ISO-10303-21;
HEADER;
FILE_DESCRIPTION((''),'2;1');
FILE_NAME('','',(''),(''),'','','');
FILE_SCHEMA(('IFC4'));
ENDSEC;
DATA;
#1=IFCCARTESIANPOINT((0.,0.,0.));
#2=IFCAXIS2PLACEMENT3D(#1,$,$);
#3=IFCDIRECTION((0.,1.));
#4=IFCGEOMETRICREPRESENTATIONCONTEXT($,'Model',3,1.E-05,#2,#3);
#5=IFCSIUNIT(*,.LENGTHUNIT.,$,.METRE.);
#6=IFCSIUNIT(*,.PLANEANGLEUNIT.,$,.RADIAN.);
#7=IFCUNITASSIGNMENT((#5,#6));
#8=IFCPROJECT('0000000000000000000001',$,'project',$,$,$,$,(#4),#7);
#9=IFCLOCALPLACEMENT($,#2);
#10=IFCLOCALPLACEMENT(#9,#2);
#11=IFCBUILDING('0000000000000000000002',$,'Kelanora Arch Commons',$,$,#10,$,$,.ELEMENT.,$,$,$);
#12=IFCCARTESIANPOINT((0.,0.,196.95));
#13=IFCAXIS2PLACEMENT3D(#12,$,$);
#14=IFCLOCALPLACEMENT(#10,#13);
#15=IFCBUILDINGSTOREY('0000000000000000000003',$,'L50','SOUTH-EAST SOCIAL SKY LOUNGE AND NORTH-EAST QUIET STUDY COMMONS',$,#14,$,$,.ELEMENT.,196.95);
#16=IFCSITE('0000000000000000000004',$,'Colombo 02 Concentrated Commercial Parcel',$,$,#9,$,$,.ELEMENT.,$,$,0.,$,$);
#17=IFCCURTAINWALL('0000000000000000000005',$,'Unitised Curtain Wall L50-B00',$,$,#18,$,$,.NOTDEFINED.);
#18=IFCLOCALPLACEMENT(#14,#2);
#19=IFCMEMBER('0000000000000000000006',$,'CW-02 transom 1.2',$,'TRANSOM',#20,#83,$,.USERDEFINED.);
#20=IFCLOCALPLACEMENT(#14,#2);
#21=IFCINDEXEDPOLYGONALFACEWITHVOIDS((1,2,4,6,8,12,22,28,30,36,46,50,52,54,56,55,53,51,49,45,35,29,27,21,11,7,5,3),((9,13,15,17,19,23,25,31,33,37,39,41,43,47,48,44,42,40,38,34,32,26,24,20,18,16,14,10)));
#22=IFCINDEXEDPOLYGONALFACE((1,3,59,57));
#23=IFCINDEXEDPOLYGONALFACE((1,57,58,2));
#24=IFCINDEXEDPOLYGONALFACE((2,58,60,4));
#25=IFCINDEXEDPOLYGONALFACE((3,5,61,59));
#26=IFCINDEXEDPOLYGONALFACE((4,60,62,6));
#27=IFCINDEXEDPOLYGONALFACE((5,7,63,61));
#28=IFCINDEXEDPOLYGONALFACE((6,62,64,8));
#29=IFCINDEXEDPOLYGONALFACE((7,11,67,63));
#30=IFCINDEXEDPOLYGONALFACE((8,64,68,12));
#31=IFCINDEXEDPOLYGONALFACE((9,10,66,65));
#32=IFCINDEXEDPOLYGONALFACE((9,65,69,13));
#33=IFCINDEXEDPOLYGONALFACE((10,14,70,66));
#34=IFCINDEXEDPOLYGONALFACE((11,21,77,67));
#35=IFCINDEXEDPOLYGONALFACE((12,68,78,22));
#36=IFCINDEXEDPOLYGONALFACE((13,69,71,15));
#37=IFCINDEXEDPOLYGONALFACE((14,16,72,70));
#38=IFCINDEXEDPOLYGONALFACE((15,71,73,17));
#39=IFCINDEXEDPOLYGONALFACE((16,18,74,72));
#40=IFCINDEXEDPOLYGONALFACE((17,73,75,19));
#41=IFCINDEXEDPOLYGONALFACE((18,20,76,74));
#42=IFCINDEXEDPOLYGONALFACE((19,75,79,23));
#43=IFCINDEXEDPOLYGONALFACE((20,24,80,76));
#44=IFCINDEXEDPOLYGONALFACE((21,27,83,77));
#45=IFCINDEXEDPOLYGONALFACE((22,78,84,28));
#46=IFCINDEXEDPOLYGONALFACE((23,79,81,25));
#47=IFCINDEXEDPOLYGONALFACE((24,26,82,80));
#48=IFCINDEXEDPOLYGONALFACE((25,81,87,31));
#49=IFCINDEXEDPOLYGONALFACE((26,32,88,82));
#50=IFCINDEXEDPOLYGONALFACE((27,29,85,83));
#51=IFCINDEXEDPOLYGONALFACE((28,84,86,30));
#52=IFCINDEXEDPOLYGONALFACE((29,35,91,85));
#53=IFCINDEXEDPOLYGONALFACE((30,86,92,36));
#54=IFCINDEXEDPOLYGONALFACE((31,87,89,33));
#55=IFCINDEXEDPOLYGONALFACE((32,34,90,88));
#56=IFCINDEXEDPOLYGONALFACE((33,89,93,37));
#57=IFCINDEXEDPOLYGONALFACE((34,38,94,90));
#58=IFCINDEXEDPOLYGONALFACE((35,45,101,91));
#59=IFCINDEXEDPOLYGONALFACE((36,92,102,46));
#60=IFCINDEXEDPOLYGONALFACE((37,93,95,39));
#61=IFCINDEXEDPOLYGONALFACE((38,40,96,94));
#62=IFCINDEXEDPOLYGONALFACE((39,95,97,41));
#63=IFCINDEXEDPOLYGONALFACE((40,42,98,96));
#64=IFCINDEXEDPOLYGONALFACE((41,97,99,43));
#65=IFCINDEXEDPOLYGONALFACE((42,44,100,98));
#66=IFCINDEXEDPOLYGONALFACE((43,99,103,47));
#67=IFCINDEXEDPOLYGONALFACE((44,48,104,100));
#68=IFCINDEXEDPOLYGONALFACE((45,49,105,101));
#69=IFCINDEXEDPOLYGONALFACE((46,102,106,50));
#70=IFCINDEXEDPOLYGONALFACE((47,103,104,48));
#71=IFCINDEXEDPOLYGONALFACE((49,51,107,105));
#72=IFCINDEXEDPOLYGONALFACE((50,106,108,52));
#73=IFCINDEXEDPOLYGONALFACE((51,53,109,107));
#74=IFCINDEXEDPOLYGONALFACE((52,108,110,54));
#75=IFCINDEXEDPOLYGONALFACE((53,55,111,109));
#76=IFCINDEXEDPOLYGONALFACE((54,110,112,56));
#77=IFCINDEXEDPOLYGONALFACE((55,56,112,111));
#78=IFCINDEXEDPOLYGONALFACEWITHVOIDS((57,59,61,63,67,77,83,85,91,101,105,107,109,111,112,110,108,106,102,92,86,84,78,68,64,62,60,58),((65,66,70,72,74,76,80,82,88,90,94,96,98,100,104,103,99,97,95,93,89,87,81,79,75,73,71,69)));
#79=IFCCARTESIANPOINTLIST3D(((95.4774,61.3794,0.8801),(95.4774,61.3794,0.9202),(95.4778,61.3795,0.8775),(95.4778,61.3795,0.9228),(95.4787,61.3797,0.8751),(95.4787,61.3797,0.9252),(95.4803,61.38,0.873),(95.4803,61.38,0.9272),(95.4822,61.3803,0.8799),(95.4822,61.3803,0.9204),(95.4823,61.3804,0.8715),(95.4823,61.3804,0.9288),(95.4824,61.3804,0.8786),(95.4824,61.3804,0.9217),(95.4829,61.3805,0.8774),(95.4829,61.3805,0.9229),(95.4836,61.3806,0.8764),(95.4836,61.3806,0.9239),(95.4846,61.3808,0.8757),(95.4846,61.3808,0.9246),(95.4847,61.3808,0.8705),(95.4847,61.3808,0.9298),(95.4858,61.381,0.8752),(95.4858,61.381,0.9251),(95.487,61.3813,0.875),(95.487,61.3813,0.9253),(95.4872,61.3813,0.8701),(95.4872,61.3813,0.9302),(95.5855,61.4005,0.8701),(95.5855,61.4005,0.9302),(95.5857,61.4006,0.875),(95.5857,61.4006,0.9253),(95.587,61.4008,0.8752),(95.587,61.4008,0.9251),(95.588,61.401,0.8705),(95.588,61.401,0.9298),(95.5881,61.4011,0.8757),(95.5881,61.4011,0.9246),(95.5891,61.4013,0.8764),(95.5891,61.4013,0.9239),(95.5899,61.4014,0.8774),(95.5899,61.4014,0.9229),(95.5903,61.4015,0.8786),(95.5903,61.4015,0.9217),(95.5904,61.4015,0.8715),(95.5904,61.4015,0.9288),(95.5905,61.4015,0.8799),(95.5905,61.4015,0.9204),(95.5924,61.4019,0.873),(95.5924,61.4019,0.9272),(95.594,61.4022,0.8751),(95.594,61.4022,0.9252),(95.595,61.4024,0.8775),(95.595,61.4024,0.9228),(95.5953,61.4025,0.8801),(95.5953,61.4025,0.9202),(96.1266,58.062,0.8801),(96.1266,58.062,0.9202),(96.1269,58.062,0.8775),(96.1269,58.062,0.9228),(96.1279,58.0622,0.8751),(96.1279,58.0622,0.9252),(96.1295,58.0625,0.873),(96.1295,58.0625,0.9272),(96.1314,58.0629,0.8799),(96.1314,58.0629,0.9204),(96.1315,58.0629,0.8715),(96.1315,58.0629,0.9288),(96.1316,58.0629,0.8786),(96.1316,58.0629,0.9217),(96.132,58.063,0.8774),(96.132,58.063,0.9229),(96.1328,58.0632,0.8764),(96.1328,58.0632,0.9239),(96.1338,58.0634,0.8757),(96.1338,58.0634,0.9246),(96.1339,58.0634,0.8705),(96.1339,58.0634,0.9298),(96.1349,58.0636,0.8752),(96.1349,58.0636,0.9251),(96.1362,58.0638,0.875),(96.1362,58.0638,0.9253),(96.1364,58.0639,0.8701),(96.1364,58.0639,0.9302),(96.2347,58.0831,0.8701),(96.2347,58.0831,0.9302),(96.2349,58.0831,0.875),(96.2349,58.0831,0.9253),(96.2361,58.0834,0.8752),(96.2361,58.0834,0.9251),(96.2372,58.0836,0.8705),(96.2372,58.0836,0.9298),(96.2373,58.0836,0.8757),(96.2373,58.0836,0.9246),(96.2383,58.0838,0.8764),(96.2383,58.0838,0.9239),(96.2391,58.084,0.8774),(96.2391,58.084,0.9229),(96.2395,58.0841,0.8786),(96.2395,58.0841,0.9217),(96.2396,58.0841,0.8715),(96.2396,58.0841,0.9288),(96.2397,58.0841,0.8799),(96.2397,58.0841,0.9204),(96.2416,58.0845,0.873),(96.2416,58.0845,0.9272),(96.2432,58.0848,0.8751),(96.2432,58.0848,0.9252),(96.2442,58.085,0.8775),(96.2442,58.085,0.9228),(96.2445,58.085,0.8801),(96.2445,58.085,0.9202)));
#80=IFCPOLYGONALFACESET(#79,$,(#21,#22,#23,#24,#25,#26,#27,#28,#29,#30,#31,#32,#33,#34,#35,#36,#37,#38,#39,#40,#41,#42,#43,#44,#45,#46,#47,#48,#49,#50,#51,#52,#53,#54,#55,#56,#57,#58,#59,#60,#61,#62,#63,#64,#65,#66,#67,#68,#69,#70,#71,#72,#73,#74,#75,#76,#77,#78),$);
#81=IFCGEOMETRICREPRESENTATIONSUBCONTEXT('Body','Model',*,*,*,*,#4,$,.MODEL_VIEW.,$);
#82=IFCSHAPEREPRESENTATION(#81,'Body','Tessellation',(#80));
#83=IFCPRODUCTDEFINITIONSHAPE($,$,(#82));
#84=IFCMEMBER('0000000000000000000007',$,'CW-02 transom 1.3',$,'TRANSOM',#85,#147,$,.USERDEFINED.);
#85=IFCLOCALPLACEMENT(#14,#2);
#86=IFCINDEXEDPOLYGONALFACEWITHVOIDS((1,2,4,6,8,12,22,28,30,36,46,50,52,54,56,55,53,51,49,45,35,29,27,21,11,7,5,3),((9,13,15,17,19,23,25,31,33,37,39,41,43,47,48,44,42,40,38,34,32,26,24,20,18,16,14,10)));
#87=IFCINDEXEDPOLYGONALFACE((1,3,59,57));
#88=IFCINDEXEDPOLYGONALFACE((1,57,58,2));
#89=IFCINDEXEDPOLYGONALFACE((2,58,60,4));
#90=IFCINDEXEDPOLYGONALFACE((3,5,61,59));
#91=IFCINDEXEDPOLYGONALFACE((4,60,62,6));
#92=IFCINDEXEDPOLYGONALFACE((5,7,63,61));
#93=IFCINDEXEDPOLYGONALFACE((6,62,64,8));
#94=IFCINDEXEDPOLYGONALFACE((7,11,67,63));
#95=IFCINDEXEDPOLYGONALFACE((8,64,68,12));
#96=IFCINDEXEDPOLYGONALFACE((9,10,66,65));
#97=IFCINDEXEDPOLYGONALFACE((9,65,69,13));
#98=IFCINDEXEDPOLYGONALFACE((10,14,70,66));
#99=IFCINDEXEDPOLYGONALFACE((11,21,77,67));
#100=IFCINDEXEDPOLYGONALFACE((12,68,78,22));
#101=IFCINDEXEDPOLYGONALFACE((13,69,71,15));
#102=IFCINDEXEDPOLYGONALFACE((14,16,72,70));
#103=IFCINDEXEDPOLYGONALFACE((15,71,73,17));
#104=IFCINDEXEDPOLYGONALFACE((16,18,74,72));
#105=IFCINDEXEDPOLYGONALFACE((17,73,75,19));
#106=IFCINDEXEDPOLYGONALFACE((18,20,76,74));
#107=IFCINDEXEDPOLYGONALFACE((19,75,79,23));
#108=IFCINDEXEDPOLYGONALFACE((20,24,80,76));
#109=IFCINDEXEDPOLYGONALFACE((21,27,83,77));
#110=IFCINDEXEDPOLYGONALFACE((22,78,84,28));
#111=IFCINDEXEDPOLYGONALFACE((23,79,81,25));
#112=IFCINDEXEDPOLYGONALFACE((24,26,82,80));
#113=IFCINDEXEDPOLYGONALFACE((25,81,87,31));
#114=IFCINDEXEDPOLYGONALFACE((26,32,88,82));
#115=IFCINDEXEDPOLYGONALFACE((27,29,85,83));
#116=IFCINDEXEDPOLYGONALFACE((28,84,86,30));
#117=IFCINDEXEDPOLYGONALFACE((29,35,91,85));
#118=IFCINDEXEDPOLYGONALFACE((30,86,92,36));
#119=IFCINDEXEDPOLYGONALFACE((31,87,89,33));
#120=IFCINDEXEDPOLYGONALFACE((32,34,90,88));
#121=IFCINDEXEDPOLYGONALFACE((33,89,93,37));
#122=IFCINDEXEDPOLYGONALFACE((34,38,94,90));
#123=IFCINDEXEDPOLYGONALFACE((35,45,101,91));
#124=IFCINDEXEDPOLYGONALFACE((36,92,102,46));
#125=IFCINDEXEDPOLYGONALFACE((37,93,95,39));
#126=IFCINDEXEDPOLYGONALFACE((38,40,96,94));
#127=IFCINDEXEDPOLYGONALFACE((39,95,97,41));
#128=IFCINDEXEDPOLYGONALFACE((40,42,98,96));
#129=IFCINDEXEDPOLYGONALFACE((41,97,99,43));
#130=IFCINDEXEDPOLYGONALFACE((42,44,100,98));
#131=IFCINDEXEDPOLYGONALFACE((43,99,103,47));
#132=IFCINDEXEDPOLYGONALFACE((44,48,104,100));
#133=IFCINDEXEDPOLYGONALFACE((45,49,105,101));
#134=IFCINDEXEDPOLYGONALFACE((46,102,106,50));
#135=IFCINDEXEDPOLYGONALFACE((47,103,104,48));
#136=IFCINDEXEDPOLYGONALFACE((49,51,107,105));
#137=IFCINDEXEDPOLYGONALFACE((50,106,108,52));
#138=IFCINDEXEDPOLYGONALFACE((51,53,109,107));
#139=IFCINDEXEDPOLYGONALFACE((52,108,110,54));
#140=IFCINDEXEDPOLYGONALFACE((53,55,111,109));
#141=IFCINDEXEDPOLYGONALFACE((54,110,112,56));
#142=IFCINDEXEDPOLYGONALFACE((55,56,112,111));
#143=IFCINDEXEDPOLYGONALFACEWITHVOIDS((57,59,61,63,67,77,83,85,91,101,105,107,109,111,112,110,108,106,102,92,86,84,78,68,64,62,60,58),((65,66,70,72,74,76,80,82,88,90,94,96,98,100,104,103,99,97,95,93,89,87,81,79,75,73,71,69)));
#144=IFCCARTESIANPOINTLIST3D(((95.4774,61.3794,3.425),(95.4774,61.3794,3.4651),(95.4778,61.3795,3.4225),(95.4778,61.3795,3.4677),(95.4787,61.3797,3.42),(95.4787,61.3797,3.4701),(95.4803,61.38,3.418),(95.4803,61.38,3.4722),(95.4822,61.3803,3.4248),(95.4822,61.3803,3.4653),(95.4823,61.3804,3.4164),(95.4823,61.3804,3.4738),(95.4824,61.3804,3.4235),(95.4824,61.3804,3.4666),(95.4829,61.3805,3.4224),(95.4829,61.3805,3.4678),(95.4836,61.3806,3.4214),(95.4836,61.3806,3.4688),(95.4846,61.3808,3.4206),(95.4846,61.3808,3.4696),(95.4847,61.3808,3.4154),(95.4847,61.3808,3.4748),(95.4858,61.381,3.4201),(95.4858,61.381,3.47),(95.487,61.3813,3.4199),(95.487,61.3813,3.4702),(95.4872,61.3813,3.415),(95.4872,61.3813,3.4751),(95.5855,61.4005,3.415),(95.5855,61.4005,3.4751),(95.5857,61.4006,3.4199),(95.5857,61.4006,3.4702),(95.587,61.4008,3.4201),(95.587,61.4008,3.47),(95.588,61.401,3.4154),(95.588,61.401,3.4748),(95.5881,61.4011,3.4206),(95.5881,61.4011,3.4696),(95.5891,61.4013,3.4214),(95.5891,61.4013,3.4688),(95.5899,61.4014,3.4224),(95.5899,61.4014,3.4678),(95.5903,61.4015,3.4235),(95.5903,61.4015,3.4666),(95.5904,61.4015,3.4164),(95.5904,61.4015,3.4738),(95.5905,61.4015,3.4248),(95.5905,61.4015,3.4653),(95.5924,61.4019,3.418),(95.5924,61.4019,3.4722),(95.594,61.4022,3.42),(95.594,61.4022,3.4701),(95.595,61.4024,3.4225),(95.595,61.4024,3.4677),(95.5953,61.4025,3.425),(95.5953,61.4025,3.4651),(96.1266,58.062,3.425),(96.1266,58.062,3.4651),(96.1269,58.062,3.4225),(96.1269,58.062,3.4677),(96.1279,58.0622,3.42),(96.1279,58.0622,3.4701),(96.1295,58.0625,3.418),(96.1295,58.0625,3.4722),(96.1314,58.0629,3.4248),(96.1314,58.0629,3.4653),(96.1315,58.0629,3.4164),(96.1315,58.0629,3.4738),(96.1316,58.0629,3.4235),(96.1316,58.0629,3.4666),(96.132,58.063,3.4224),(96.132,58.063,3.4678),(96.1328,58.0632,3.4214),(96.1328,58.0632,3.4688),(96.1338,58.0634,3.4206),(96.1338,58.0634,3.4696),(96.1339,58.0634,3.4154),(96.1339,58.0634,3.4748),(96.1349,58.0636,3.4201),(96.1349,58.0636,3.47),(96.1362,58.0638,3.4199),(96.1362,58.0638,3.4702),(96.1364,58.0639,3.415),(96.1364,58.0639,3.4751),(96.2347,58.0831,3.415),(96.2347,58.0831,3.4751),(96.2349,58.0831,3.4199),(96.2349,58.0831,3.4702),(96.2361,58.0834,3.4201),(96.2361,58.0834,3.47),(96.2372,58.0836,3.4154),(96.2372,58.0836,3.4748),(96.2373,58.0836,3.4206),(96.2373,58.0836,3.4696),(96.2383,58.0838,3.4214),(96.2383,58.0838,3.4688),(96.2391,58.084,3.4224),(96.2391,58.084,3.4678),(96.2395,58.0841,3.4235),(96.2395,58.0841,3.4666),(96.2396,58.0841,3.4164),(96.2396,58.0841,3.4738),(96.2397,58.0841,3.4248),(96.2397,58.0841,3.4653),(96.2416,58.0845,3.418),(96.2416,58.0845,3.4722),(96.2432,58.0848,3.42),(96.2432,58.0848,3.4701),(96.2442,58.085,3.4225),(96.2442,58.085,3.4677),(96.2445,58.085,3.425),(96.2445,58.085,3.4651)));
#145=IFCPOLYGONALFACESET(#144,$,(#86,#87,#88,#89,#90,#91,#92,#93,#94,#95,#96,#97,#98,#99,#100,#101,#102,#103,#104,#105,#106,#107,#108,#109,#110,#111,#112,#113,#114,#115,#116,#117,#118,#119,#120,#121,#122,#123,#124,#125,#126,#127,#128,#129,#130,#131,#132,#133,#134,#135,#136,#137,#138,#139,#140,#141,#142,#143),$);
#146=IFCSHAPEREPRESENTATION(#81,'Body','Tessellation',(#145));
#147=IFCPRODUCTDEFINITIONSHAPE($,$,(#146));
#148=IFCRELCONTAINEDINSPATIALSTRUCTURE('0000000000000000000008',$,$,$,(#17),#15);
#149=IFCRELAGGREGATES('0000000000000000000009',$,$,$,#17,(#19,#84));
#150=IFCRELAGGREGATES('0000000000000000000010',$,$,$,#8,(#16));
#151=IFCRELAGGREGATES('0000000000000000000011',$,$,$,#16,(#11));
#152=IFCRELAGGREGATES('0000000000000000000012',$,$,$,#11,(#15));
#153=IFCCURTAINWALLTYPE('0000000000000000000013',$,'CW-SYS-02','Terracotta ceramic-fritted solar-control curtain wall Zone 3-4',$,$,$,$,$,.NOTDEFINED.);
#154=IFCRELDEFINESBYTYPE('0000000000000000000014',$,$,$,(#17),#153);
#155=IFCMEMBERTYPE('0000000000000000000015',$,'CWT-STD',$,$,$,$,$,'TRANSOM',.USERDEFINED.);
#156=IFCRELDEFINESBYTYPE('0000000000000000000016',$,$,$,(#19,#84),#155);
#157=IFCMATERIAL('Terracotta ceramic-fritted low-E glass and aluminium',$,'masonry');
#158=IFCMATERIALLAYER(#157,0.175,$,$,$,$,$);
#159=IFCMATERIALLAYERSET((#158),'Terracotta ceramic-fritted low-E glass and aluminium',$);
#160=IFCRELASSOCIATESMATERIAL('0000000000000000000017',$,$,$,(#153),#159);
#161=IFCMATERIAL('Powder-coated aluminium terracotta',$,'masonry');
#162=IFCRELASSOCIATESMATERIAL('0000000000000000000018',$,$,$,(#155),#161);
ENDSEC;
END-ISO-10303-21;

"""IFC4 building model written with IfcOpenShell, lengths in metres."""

from ifc_helpers import new_model, si_unit, direction, frame, origin, origin_2d, place, context, subcontext, project, spatial, hollow_rectangle, extrude, material, layer, layer_set, material_profile, profile_set, type_object, element, aggregate, save


model = new_model("IFC4")

# Units and contexts
model_context = context("Model", 3, precision=1e-05, world=origin(), true_north=direction((0.0, 1.0)))
body_context = subcontext(model_context, "Body", "Model", "MODEL_VIEW")
ifc_project = project(units=[si_unit("LENGTHUNIT", "METRE"), si_unit("PLANEANGLEUNIT", "RADIAN")], contexts=[model_context])

# Site, building, storey
site_placement = place(None, origin())
site = spatial("IfcSite", under=ifc_project, at=site_placement, Name="Colombo 02 Concentrated Commercial Parcel", CompositionType="ELEMENT", RefElevation=0.0)
building_placement = place(site_placement, origin())
building = spatial("IfcBuilding", under=site, at=building_placement, Name="Kelanora Arch Commons", CompositionType="ELEMENT")
storey_placement = place(building_placement, frame((0.0, 0.0, 196.95)))
storey = spatial("IfcBuildingStorey", under=building, at=storey_placement, Name="L50", Description="SOUTH-EAST SOCIAL SKY LOUNGE AND NORTH-EAST QUIET STUDY COMMONS", CompositionType="ELEMENT", Elevation=196.95)

# Curtain wall, members
ifc_material_1 = material(Name="Terracotta ceramic-fritted low-E glass and aluminium", Category="masonry")
ifc_layer_1 = layer(ifc_material_1, 0.175)
ifc_layer_set_1 = layer_set([ifc_layer_1], Name="Terracotta ceramic-fritted low-E glass and aluminium")
curtain_wall_type = type_object("IfcCurtainWallType", Name="CW-SYS-02", Description="Terracotta ceramic-fritted solar-control curtain wall Zone 3-4", PredefinedType="NOTDEFINED", material=ifc_layer_set_1)
curtain_wall_placement = place(storey_placement, origin())
curtain_wall = element("IfcCurtainWall", 1, at=curtain_wall_placement, inside=storey, type_object=curtain_wall_type, Name="Unitised Curtain Wall L50-B00", PredefinedType="NOTDEFINED")
ifc_material_2 = material(Name="Powder-coated aluminium terracotta", Category="masonry")
ifc_material_profile_1 = material_profile(ifc_material_2, hollow_rectangle(XDim=0.1201, YDim=0.0601, WallThickness=0.0049, InnerFilletRadius=0.0049, OuterFilletRadius=0.01, at=origin_2d()), Name="CWT120x60")
ifc_profile_set_1 = profile_set([ifc_material_profile_1], Name="Powder-coated aluminium terracotta")
member_type_1 = type_object("IfcMemberType", Name="CWT-STD", ElementType="TRANSOM", PredefinedType="USERDEFINED", material=ifc_profile_set_1)
member_1_placement = place(storey_placement, frame((96.1855, 58.0735, 0.9001), z_axis=(-0.192045, 0.981386, 0.0), x_axis=(-0.981386, -0.192045, 0.0)))
member_1 = element("IfcMember", 2, at=member_1_placement, type_object=member_type_1, Name="CW-02 transom 1.2", ObjectType="TRANSOM", PredefinedType="USERDEFINED", context=body_context, shape_type="SweptSolid", body=[
    extrude(hollow_rectangle(XDim=0.1201, YDim=0.0601, WallThickness=0.0049, InnerFilletRadius=0.0049, OuterFilletRadius=0.01, at=origin_2d()), origin(), (0.0, 0.0, 1.0), 3.3804),
])
member_2_placement = place(storey_placement, frame((96.1855, 58.0735, 3.4451), z_axis=(-0.192045, 0.981386, 0.0), x_axis=(-0.981386, -0.192045, 0.0)))
member_2 = element("IfcMember", 3, at=member_2_placement, type_object=member_type_1, Name="CW-02 transom 1.3", ObjectType="TRANSOM", PredefinedType="USERDEFINED", context=body_context, shape_type="SweptSolid", body=[
    extrude(hollow_rectangle(XDim=0.1201, YDim=0.0601, WallThickness=0.0049, InnerFilletRadius=0.0049, OuterFilletRadius=0.01, at=origin_2d()), origin(), (0.0, 0.0, 1.0), 3.3804),
])
aggregate(curtain_wall, [member_1, member_2])

save(model, "model.ifc")
